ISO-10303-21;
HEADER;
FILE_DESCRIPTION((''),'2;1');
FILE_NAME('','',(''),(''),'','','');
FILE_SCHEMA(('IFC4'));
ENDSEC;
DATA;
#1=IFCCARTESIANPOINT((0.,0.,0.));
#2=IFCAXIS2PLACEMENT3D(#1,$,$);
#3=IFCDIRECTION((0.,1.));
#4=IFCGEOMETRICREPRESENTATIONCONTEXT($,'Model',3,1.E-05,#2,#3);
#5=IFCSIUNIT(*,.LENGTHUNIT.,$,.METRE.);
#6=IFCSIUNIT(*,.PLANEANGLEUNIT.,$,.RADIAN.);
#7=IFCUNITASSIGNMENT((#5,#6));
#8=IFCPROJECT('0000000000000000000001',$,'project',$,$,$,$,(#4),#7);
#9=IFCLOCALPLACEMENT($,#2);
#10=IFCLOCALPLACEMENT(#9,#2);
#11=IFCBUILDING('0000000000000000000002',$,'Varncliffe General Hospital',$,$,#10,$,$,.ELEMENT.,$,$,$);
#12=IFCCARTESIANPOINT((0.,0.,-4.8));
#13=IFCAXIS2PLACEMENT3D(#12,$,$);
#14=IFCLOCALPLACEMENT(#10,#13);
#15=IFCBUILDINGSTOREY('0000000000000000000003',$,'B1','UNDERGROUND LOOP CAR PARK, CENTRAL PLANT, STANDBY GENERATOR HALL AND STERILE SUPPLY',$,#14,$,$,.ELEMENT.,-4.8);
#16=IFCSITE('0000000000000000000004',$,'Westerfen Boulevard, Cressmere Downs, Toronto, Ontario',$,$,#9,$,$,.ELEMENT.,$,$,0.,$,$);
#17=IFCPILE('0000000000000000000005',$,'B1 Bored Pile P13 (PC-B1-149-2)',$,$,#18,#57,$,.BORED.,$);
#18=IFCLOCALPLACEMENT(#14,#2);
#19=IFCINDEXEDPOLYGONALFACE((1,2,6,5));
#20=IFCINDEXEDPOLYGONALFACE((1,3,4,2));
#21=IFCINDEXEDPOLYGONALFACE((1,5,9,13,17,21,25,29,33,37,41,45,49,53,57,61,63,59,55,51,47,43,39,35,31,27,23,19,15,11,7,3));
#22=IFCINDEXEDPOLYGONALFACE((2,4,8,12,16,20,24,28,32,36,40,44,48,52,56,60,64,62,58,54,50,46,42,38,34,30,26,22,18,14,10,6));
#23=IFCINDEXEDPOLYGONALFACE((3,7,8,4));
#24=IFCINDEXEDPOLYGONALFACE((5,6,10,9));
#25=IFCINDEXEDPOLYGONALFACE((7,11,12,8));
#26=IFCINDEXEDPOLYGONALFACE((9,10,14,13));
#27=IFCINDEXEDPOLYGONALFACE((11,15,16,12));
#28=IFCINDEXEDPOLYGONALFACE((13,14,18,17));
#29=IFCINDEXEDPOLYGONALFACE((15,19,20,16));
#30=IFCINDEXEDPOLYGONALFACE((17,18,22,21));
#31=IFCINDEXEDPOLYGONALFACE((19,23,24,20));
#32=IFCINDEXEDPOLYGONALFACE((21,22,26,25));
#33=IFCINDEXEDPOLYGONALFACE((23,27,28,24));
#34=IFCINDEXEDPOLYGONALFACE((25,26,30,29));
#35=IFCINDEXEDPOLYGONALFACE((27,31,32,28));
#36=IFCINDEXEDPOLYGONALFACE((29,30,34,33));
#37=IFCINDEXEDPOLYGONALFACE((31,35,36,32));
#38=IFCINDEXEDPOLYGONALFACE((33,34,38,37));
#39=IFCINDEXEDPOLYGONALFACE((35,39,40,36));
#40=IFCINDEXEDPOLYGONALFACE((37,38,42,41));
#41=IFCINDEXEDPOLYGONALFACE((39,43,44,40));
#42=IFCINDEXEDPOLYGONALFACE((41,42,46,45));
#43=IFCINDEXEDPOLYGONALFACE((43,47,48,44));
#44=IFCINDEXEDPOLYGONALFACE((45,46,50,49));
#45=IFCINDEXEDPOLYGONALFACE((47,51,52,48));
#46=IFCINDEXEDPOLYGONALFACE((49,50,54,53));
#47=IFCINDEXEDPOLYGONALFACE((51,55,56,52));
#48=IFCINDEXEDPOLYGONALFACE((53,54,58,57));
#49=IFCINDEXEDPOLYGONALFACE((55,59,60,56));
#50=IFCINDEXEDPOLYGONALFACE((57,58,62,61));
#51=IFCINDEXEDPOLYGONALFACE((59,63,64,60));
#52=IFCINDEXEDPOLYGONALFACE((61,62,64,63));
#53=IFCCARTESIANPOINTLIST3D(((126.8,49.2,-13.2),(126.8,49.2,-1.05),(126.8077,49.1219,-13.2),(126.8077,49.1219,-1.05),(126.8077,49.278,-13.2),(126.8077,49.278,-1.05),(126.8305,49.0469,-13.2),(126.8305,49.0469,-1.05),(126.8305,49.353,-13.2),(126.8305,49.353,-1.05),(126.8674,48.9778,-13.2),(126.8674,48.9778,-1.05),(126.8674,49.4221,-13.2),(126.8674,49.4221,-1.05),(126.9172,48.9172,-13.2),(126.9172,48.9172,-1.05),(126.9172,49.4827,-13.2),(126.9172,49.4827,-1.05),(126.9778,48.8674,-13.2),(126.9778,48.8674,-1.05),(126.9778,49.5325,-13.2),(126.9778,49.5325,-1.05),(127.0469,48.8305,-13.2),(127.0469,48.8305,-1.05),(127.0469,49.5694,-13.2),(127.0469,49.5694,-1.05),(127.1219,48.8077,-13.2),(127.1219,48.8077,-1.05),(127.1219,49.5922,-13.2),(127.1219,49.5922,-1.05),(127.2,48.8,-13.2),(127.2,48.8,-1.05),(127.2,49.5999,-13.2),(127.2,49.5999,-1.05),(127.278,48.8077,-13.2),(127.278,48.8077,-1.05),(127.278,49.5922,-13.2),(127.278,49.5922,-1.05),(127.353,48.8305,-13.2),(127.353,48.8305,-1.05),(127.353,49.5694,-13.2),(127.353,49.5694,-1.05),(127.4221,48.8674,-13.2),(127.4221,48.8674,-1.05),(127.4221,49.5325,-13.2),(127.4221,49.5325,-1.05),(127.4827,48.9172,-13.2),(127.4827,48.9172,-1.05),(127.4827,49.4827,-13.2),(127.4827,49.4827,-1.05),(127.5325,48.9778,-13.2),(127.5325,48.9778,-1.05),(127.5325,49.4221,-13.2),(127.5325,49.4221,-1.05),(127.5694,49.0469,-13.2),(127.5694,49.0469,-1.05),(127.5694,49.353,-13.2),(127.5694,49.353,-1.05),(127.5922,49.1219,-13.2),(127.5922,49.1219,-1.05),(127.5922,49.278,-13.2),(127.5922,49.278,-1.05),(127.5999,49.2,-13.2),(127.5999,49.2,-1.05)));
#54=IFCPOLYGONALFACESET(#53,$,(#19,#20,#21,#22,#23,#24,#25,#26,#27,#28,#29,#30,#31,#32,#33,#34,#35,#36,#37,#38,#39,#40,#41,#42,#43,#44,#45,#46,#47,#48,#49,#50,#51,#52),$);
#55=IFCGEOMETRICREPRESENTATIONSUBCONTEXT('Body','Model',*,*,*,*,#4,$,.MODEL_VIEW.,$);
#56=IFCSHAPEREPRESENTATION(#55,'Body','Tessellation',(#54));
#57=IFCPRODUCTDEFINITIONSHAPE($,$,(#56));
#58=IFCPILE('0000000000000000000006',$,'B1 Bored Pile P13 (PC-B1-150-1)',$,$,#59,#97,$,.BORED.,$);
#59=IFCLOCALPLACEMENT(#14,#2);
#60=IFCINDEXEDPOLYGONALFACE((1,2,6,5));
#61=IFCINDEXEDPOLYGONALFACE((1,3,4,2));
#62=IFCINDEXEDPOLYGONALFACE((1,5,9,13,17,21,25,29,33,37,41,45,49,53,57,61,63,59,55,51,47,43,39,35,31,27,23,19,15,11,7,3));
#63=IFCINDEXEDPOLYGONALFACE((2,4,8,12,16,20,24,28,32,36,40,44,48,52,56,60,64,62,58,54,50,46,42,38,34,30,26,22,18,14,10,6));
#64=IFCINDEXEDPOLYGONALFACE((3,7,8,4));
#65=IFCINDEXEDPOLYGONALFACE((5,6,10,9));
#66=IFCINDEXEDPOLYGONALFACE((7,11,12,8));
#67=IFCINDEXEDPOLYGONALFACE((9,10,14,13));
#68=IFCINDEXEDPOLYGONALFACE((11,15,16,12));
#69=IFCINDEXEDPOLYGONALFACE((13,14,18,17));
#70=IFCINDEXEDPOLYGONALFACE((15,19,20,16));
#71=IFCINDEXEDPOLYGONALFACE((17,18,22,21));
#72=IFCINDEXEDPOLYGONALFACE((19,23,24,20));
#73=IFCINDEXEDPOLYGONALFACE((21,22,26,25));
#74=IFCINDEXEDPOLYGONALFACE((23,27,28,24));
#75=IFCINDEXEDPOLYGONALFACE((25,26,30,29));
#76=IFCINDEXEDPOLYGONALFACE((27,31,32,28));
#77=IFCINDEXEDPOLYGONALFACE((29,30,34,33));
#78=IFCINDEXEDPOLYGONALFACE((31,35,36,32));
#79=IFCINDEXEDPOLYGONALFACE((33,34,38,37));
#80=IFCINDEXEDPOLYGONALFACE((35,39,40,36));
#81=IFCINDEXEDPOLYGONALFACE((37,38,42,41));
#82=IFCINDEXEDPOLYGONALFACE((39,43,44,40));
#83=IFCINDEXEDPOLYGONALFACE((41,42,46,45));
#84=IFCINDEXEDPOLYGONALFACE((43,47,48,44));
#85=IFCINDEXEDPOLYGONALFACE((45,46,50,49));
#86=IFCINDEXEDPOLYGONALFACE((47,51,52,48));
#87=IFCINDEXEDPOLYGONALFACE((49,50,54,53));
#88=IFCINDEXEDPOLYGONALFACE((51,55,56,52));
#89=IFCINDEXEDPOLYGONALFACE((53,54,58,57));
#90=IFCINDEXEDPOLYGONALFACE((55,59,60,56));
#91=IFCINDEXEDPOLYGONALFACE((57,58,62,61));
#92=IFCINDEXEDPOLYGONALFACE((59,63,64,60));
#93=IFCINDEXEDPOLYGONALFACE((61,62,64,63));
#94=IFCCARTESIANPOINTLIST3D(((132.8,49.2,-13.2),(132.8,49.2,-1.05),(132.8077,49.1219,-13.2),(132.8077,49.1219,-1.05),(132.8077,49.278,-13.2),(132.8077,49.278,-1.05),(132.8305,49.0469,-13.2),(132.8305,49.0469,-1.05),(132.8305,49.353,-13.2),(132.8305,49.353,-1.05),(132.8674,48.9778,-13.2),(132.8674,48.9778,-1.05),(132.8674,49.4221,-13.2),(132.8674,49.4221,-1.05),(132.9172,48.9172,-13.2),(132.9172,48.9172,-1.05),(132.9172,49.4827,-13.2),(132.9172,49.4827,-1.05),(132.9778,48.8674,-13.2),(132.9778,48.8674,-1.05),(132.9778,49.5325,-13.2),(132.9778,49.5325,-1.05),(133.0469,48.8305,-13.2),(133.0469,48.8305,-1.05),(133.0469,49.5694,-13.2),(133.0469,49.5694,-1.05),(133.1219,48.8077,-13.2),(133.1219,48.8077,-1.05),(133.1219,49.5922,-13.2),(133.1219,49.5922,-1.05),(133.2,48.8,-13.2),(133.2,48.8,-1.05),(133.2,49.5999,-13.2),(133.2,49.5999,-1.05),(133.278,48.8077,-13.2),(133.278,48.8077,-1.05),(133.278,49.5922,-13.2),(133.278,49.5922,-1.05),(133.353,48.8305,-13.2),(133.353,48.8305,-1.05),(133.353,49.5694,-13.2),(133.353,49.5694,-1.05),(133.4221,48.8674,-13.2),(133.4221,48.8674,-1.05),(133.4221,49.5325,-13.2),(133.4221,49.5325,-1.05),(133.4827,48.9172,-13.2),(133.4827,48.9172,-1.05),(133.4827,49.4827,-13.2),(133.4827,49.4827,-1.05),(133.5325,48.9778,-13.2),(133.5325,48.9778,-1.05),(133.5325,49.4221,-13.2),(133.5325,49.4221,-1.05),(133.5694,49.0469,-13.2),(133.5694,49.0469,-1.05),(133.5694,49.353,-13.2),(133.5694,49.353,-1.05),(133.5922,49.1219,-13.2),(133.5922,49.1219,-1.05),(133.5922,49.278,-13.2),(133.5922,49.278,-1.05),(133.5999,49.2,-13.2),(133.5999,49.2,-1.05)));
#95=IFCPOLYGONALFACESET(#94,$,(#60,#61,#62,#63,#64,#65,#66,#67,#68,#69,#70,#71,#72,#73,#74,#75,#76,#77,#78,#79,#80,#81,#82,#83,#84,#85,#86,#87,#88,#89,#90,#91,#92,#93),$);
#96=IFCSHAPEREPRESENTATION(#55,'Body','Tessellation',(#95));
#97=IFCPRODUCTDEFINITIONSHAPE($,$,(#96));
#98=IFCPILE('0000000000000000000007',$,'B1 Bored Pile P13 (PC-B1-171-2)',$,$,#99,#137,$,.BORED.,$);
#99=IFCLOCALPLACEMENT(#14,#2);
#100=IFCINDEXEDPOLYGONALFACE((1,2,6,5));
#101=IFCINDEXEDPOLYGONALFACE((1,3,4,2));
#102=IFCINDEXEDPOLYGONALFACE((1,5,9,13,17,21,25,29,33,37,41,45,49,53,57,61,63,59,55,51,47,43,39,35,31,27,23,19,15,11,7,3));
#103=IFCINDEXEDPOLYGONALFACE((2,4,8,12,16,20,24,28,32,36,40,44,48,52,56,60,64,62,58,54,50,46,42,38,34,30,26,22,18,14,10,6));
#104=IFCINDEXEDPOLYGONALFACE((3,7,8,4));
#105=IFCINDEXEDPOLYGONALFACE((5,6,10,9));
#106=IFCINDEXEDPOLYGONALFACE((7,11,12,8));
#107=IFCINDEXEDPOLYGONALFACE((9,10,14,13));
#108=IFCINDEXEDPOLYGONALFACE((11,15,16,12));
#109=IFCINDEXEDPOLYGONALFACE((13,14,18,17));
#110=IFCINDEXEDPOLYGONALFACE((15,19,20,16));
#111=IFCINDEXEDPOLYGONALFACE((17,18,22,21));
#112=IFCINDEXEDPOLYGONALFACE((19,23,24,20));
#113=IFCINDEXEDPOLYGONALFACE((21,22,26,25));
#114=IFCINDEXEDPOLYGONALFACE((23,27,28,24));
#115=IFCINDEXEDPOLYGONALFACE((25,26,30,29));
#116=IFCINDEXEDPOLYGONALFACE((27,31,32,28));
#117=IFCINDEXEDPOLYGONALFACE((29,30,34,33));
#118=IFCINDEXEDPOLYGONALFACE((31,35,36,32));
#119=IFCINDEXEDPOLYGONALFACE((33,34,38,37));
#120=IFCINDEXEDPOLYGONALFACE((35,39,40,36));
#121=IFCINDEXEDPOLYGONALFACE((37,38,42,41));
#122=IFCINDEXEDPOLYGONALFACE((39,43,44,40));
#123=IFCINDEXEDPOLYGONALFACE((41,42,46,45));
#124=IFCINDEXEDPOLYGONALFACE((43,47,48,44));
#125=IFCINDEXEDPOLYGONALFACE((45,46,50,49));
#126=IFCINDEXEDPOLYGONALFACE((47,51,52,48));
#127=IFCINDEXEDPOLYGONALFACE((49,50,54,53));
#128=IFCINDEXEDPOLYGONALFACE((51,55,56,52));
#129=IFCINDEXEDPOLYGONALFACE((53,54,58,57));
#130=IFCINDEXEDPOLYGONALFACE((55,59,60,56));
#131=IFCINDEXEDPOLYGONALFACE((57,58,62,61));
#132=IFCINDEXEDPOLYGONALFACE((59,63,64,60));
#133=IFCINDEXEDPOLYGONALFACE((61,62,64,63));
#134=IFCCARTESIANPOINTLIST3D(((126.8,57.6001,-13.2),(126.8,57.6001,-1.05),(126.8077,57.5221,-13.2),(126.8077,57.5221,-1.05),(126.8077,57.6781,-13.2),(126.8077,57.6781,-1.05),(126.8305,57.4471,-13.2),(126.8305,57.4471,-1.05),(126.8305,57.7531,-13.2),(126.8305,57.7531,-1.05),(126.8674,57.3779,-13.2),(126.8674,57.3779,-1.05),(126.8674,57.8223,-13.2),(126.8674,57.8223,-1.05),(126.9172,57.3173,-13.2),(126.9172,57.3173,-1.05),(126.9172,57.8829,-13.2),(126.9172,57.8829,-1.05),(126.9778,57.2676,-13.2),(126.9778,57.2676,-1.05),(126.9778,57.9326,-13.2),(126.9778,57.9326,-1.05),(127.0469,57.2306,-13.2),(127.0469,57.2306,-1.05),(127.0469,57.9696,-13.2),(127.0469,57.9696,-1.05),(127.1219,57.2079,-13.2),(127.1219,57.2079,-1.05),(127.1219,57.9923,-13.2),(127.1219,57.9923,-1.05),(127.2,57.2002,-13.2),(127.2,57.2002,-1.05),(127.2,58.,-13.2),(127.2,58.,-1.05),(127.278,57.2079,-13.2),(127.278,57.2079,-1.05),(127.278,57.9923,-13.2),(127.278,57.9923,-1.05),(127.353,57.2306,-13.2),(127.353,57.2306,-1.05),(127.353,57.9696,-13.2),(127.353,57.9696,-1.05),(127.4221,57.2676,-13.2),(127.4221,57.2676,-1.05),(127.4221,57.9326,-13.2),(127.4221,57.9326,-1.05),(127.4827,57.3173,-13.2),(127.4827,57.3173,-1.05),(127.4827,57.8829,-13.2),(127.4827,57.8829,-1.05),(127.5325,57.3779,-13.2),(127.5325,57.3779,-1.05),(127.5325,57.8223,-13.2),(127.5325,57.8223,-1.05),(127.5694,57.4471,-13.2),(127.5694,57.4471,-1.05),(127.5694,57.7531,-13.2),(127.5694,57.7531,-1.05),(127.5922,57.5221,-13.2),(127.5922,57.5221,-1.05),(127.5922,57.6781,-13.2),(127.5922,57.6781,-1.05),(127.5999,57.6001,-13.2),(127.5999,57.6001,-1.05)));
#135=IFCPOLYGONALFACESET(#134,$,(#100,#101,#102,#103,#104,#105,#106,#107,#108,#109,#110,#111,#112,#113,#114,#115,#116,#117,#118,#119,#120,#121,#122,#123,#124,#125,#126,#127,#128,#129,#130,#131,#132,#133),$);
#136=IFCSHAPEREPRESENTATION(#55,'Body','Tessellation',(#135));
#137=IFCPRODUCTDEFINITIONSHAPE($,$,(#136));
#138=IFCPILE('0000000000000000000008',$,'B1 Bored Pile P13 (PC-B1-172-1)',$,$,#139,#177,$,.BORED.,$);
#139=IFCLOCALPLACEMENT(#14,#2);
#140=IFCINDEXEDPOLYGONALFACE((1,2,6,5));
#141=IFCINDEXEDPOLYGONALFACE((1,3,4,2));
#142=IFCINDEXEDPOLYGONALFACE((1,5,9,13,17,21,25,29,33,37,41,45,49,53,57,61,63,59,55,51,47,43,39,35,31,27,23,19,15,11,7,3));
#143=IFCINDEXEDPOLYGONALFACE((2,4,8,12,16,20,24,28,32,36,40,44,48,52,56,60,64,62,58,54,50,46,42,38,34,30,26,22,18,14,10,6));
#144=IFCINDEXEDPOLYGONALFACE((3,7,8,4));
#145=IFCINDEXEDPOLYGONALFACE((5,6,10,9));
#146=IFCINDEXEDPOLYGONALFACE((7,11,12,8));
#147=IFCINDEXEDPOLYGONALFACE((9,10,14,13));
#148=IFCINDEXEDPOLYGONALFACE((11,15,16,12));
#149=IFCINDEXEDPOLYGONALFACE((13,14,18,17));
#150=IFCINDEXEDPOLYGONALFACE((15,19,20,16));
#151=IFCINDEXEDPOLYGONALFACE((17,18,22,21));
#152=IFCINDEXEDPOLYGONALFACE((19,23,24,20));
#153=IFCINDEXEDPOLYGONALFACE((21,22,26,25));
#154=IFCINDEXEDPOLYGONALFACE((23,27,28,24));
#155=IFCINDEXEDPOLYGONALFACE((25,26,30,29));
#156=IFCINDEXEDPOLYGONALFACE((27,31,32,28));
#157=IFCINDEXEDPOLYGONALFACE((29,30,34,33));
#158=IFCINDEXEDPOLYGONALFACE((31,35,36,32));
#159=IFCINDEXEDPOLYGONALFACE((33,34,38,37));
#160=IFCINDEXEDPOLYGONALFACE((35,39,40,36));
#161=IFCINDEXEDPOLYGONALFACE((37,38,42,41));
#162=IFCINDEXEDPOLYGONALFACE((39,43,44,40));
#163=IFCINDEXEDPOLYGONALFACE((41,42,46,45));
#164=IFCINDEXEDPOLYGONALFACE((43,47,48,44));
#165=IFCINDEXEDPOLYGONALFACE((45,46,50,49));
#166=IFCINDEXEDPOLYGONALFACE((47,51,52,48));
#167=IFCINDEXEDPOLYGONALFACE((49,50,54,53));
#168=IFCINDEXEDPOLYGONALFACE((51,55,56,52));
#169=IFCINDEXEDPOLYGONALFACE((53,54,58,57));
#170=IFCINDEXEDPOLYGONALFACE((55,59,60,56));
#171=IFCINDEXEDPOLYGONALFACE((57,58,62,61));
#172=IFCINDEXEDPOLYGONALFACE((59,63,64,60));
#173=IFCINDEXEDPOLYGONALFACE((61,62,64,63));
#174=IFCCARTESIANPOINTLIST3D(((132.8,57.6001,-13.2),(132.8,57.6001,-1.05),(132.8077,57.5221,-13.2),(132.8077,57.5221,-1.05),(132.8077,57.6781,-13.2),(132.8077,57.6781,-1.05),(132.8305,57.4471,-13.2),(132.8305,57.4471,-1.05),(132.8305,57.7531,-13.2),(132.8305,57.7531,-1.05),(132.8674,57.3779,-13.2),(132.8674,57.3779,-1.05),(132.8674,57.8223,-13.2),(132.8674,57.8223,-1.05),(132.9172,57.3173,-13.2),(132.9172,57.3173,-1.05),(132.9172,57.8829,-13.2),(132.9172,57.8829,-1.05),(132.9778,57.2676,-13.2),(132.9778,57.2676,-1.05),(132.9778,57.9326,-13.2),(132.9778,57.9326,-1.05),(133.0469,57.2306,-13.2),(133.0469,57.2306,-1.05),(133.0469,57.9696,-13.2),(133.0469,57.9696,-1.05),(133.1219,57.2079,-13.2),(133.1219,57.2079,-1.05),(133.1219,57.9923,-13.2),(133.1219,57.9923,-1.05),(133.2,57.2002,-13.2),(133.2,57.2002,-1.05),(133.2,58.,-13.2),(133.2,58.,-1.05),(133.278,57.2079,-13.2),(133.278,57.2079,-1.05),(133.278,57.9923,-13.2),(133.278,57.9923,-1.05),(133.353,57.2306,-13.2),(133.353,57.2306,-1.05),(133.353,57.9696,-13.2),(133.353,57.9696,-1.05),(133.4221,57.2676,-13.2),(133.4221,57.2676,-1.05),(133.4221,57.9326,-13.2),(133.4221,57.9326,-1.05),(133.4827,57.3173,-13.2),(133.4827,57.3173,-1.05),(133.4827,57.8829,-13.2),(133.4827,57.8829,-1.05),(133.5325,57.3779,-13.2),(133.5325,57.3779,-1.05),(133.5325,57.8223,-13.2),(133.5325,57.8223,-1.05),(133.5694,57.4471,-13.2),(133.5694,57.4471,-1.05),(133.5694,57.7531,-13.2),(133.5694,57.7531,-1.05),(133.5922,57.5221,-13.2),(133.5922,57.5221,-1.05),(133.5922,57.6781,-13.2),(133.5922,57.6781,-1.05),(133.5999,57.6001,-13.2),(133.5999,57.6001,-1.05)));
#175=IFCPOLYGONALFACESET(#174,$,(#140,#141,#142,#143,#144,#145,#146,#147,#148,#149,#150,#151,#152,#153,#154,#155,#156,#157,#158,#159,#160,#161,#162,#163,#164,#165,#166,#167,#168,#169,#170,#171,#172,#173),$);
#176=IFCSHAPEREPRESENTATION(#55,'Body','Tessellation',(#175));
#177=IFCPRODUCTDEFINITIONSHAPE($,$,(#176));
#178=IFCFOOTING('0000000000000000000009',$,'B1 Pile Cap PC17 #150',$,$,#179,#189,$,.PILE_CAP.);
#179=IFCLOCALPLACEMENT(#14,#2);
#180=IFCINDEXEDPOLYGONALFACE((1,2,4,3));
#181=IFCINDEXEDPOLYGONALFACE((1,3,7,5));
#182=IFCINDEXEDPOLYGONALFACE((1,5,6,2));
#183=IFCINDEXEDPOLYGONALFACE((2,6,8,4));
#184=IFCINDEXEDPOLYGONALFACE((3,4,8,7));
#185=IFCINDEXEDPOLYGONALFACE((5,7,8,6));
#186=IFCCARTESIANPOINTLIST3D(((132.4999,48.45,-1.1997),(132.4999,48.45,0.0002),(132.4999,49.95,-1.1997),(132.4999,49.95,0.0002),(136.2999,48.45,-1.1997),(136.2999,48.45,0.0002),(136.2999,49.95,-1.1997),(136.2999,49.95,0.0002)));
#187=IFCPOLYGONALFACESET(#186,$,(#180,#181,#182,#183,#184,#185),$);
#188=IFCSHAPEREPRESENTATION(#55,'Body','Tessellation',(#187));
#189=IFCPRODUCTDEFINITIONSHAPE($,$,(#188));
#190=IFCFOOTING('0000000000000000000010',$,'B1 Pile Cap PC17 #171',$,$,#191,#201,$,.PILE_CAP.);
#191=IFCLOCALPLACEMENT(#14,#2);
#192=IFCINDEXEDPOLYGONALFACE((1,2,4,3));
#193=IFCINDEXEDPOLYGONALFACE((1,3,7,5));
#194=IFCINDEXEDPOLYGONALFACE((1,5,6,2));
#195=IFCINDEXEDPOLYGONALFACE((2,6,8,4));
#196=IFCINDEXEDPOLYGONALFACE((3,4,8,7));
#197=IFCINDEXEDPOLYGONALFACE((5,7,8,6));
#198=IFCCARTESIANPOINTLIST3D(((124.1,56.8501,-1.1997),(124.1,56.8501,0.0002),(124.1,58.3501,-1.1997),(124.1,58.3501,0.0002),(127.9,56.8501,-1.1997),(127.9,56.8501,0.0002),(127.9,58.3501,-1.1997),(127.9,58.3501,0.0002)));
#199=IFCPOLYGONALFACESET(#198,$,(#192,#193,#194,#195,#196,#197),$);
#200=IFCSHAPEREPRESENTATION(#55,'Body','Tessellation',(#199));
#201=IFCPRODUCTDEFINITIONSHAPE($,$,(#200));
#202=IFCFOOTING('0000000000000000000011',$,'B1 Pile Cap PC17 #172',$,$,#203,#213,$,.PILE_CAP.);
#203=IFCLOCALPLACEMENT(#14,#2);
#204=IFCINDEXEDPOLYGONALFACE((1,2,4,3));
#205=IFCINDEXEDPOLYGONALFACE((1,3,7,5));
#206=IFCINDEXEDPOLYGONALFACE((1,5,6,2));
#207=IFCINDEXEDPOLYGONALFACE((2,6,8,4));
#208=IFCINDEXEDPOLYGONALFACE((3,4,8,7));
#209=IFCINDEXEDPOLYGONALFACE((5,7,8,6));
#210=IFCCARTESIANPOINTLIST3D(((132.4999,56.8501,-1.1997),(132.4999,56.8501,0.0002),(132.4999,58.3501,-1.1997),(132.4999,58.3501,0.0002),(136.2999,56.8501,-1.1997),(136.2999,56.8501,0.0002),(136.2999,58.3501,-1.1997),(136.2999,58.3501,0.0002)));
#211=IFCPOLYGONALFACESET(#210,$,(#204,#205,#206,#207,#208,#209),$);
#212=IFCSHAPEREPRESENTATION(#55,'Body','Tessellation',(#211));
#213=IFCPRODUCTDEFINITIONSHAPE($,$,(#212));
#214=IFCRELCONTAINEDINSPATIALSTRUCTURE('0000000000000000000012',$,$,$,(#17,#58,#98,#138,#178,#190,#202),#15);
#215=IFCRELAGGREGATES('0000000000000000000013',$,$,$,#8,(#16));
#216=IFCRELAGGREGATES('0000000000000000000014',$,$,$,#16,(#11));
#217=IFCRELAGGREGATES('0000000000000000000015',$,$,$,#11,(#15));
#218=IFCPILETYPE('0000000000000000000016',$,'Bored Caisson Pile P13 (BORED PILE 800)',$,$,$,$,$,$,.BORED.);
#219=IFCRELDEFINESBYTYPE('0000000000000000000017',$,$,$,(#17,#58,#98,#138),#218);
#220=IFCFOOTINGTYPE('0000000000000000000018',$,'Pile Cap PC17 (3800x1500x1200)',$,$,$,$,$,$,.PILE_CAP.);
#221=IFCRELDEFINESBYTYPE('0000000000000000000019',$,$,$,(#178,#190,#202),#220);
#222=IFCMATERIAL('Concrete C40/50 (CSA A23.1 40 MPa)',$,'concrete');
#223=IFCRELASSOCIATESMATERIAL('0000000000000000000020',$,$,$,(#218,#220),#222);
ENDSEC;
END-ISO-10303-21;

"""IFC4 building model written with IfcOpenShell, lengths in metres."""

from ifc_helpers import new_model, si_unit, direction, frame, origin, origin_2d, place, context, subcontext, project, spatial, rectangle, circle, extrude, material, material_profile, profile_set, type_object, element, save


model = new_model("IFC4")

# Units and contexts
model_context = context("Model", 3, precision=1e-05, world=origin(), true_north=direction((0.0, 1.0)))
body_context = subcontext(model_context, "Body", "Model", "MODEL_VIEW")
ifc_project = project(units=[si_unit("LENGTHUNIT", "METRE"), si_unit("PLANEANGLEUNIT", "RADIAN")], contexts=[model_context])

# Site, building, storey
site_placement = place(None, origin())
site = spatial("IfcSite", under=ifc_project, at=site_placement, Name="Westerfen Boulevard, Cressmere Downs, Toronto, Ontario", CompositionType="ELEMENT", RefElevation=0.0)
building_placement = place(site_placement, origin())
building = spatial("IfcBuilding", under=site, at=building_placement, Name="Varncliffe General Hospital", CompositionType="ELEMENT")
storey_placement = place(building_placement, frame((0.0, 0.0, -4.8)))
storey = spatial("IfcBuildingStorey", under=building, at=storey_placement, Name="B1", Description="UNDERGROUND LOOP CAR PARK, CENTRAL PLANT, STANDBY GENERATOR HALL AND STERILE SUPPLY", CompositionType="ELEMENT", Elevation=-4.8)

# Piles
ifc_material_1 = material(Name="Concrete C40/50 (CSA A23.1 40 MPa)", Category="concrete")
ifc_material_profile_1 = material_profile(ifc_material_1, circle(Radius=0.3999, at=origin_2d()), Name="BORED PILE 800")
ifc_profile_set_1 = profile_set([ifc_material_profile_1], Name="Concrete C40/50 (CSA A23.1 40 MPa)")
pile_type = type_object("IfcPileType", Name="Bored Caisson Pile P13 (BORED PILE 800)", PredefinedType="BORED", material=ifc_profile_set_1)
for number, where, z_axis, x_axis, name in (
    (1, (127.2, 49.2, -1.05), (0.0, 0.0, -1.0), (1.0, 0.0, 0.0), "B1 Bored Pile P13 (PC-B1-149-2)"),
    (2, (133.2, 49.2, -1.05), (0.0, 0.0, -1.0), (1.0, 0.0, 0.0), "B1 Bored Pile P13 (PC-B1-150-1)"),
    (3, (127.2, 57.6001, -1.05), (0.0, 0.0, -1.0), (1.0, 0.0, 0.0), "B1 Bored Pile P13 (PC-B1-171-2)"),
    (4, (133.2, 57.6001, -1.05), (0.0, 0.0, -1.0), (1.0, 0.0, 0.0), "B1 Bored Pile P13 (PC-B1-172-1)"),
):
    element("IfcPile", number, at=place(storey_placement, frame(where, z_axis=z_axis, x_axis=x_axis)), inside=storey, type_object=pile_type, Name=name, PredefinedType="BORED", context=body_context, shape_type="SweptSolid", body=[
        extrude(circle(Radius=0.3999, at=origin_2d()), origin(), (0.0, 0.0, 1.0), 12.1499),
    ])

# Footings
footing_type_1 = type_object("IfcFootingType", Name="Pile Cap PC17 (3800x1500x1200)", PredefinedType="PILE_CAP", material=ifc_material_1)
for number, where, z_axis, x_axis, name in (
    (5, (134.3999, 49.2, -1.1997), (0.0, 0.0, 1.0), (1.0, 0.0, 0.0), "B1 Pile Cap PC17 #150"),
    (6, (126.0, 57.6001, -1.1997), (0.0, 0.0, 1.0), (1.0, 0.0, 0.0), "B1 Pile Cap PC17 #171"),
    (7, (134.3999, 57.6001, -1.1997), (0.0, 0.0, 1.0), (1.0, 0.0, 0.0), "B1 Pile Cap PC17 #172"),
):
    element("IfcFooting", number, at=place(storey_placement, frame(where, z_axis=z_axis, x_axis=x_axis)), inside=storey, type_object=footing_type_1, Name=name, PredefinedType="PILE_CAP", context=body_context, shape_type="SweptSolid", body=[
        extrude(rectangle(XDim=3.8, YDim=1.5, at=origin_2d()), origin(), (0.0, 0.0, 1.0), 1.2),
    ])

save(model, "model.ifc")
